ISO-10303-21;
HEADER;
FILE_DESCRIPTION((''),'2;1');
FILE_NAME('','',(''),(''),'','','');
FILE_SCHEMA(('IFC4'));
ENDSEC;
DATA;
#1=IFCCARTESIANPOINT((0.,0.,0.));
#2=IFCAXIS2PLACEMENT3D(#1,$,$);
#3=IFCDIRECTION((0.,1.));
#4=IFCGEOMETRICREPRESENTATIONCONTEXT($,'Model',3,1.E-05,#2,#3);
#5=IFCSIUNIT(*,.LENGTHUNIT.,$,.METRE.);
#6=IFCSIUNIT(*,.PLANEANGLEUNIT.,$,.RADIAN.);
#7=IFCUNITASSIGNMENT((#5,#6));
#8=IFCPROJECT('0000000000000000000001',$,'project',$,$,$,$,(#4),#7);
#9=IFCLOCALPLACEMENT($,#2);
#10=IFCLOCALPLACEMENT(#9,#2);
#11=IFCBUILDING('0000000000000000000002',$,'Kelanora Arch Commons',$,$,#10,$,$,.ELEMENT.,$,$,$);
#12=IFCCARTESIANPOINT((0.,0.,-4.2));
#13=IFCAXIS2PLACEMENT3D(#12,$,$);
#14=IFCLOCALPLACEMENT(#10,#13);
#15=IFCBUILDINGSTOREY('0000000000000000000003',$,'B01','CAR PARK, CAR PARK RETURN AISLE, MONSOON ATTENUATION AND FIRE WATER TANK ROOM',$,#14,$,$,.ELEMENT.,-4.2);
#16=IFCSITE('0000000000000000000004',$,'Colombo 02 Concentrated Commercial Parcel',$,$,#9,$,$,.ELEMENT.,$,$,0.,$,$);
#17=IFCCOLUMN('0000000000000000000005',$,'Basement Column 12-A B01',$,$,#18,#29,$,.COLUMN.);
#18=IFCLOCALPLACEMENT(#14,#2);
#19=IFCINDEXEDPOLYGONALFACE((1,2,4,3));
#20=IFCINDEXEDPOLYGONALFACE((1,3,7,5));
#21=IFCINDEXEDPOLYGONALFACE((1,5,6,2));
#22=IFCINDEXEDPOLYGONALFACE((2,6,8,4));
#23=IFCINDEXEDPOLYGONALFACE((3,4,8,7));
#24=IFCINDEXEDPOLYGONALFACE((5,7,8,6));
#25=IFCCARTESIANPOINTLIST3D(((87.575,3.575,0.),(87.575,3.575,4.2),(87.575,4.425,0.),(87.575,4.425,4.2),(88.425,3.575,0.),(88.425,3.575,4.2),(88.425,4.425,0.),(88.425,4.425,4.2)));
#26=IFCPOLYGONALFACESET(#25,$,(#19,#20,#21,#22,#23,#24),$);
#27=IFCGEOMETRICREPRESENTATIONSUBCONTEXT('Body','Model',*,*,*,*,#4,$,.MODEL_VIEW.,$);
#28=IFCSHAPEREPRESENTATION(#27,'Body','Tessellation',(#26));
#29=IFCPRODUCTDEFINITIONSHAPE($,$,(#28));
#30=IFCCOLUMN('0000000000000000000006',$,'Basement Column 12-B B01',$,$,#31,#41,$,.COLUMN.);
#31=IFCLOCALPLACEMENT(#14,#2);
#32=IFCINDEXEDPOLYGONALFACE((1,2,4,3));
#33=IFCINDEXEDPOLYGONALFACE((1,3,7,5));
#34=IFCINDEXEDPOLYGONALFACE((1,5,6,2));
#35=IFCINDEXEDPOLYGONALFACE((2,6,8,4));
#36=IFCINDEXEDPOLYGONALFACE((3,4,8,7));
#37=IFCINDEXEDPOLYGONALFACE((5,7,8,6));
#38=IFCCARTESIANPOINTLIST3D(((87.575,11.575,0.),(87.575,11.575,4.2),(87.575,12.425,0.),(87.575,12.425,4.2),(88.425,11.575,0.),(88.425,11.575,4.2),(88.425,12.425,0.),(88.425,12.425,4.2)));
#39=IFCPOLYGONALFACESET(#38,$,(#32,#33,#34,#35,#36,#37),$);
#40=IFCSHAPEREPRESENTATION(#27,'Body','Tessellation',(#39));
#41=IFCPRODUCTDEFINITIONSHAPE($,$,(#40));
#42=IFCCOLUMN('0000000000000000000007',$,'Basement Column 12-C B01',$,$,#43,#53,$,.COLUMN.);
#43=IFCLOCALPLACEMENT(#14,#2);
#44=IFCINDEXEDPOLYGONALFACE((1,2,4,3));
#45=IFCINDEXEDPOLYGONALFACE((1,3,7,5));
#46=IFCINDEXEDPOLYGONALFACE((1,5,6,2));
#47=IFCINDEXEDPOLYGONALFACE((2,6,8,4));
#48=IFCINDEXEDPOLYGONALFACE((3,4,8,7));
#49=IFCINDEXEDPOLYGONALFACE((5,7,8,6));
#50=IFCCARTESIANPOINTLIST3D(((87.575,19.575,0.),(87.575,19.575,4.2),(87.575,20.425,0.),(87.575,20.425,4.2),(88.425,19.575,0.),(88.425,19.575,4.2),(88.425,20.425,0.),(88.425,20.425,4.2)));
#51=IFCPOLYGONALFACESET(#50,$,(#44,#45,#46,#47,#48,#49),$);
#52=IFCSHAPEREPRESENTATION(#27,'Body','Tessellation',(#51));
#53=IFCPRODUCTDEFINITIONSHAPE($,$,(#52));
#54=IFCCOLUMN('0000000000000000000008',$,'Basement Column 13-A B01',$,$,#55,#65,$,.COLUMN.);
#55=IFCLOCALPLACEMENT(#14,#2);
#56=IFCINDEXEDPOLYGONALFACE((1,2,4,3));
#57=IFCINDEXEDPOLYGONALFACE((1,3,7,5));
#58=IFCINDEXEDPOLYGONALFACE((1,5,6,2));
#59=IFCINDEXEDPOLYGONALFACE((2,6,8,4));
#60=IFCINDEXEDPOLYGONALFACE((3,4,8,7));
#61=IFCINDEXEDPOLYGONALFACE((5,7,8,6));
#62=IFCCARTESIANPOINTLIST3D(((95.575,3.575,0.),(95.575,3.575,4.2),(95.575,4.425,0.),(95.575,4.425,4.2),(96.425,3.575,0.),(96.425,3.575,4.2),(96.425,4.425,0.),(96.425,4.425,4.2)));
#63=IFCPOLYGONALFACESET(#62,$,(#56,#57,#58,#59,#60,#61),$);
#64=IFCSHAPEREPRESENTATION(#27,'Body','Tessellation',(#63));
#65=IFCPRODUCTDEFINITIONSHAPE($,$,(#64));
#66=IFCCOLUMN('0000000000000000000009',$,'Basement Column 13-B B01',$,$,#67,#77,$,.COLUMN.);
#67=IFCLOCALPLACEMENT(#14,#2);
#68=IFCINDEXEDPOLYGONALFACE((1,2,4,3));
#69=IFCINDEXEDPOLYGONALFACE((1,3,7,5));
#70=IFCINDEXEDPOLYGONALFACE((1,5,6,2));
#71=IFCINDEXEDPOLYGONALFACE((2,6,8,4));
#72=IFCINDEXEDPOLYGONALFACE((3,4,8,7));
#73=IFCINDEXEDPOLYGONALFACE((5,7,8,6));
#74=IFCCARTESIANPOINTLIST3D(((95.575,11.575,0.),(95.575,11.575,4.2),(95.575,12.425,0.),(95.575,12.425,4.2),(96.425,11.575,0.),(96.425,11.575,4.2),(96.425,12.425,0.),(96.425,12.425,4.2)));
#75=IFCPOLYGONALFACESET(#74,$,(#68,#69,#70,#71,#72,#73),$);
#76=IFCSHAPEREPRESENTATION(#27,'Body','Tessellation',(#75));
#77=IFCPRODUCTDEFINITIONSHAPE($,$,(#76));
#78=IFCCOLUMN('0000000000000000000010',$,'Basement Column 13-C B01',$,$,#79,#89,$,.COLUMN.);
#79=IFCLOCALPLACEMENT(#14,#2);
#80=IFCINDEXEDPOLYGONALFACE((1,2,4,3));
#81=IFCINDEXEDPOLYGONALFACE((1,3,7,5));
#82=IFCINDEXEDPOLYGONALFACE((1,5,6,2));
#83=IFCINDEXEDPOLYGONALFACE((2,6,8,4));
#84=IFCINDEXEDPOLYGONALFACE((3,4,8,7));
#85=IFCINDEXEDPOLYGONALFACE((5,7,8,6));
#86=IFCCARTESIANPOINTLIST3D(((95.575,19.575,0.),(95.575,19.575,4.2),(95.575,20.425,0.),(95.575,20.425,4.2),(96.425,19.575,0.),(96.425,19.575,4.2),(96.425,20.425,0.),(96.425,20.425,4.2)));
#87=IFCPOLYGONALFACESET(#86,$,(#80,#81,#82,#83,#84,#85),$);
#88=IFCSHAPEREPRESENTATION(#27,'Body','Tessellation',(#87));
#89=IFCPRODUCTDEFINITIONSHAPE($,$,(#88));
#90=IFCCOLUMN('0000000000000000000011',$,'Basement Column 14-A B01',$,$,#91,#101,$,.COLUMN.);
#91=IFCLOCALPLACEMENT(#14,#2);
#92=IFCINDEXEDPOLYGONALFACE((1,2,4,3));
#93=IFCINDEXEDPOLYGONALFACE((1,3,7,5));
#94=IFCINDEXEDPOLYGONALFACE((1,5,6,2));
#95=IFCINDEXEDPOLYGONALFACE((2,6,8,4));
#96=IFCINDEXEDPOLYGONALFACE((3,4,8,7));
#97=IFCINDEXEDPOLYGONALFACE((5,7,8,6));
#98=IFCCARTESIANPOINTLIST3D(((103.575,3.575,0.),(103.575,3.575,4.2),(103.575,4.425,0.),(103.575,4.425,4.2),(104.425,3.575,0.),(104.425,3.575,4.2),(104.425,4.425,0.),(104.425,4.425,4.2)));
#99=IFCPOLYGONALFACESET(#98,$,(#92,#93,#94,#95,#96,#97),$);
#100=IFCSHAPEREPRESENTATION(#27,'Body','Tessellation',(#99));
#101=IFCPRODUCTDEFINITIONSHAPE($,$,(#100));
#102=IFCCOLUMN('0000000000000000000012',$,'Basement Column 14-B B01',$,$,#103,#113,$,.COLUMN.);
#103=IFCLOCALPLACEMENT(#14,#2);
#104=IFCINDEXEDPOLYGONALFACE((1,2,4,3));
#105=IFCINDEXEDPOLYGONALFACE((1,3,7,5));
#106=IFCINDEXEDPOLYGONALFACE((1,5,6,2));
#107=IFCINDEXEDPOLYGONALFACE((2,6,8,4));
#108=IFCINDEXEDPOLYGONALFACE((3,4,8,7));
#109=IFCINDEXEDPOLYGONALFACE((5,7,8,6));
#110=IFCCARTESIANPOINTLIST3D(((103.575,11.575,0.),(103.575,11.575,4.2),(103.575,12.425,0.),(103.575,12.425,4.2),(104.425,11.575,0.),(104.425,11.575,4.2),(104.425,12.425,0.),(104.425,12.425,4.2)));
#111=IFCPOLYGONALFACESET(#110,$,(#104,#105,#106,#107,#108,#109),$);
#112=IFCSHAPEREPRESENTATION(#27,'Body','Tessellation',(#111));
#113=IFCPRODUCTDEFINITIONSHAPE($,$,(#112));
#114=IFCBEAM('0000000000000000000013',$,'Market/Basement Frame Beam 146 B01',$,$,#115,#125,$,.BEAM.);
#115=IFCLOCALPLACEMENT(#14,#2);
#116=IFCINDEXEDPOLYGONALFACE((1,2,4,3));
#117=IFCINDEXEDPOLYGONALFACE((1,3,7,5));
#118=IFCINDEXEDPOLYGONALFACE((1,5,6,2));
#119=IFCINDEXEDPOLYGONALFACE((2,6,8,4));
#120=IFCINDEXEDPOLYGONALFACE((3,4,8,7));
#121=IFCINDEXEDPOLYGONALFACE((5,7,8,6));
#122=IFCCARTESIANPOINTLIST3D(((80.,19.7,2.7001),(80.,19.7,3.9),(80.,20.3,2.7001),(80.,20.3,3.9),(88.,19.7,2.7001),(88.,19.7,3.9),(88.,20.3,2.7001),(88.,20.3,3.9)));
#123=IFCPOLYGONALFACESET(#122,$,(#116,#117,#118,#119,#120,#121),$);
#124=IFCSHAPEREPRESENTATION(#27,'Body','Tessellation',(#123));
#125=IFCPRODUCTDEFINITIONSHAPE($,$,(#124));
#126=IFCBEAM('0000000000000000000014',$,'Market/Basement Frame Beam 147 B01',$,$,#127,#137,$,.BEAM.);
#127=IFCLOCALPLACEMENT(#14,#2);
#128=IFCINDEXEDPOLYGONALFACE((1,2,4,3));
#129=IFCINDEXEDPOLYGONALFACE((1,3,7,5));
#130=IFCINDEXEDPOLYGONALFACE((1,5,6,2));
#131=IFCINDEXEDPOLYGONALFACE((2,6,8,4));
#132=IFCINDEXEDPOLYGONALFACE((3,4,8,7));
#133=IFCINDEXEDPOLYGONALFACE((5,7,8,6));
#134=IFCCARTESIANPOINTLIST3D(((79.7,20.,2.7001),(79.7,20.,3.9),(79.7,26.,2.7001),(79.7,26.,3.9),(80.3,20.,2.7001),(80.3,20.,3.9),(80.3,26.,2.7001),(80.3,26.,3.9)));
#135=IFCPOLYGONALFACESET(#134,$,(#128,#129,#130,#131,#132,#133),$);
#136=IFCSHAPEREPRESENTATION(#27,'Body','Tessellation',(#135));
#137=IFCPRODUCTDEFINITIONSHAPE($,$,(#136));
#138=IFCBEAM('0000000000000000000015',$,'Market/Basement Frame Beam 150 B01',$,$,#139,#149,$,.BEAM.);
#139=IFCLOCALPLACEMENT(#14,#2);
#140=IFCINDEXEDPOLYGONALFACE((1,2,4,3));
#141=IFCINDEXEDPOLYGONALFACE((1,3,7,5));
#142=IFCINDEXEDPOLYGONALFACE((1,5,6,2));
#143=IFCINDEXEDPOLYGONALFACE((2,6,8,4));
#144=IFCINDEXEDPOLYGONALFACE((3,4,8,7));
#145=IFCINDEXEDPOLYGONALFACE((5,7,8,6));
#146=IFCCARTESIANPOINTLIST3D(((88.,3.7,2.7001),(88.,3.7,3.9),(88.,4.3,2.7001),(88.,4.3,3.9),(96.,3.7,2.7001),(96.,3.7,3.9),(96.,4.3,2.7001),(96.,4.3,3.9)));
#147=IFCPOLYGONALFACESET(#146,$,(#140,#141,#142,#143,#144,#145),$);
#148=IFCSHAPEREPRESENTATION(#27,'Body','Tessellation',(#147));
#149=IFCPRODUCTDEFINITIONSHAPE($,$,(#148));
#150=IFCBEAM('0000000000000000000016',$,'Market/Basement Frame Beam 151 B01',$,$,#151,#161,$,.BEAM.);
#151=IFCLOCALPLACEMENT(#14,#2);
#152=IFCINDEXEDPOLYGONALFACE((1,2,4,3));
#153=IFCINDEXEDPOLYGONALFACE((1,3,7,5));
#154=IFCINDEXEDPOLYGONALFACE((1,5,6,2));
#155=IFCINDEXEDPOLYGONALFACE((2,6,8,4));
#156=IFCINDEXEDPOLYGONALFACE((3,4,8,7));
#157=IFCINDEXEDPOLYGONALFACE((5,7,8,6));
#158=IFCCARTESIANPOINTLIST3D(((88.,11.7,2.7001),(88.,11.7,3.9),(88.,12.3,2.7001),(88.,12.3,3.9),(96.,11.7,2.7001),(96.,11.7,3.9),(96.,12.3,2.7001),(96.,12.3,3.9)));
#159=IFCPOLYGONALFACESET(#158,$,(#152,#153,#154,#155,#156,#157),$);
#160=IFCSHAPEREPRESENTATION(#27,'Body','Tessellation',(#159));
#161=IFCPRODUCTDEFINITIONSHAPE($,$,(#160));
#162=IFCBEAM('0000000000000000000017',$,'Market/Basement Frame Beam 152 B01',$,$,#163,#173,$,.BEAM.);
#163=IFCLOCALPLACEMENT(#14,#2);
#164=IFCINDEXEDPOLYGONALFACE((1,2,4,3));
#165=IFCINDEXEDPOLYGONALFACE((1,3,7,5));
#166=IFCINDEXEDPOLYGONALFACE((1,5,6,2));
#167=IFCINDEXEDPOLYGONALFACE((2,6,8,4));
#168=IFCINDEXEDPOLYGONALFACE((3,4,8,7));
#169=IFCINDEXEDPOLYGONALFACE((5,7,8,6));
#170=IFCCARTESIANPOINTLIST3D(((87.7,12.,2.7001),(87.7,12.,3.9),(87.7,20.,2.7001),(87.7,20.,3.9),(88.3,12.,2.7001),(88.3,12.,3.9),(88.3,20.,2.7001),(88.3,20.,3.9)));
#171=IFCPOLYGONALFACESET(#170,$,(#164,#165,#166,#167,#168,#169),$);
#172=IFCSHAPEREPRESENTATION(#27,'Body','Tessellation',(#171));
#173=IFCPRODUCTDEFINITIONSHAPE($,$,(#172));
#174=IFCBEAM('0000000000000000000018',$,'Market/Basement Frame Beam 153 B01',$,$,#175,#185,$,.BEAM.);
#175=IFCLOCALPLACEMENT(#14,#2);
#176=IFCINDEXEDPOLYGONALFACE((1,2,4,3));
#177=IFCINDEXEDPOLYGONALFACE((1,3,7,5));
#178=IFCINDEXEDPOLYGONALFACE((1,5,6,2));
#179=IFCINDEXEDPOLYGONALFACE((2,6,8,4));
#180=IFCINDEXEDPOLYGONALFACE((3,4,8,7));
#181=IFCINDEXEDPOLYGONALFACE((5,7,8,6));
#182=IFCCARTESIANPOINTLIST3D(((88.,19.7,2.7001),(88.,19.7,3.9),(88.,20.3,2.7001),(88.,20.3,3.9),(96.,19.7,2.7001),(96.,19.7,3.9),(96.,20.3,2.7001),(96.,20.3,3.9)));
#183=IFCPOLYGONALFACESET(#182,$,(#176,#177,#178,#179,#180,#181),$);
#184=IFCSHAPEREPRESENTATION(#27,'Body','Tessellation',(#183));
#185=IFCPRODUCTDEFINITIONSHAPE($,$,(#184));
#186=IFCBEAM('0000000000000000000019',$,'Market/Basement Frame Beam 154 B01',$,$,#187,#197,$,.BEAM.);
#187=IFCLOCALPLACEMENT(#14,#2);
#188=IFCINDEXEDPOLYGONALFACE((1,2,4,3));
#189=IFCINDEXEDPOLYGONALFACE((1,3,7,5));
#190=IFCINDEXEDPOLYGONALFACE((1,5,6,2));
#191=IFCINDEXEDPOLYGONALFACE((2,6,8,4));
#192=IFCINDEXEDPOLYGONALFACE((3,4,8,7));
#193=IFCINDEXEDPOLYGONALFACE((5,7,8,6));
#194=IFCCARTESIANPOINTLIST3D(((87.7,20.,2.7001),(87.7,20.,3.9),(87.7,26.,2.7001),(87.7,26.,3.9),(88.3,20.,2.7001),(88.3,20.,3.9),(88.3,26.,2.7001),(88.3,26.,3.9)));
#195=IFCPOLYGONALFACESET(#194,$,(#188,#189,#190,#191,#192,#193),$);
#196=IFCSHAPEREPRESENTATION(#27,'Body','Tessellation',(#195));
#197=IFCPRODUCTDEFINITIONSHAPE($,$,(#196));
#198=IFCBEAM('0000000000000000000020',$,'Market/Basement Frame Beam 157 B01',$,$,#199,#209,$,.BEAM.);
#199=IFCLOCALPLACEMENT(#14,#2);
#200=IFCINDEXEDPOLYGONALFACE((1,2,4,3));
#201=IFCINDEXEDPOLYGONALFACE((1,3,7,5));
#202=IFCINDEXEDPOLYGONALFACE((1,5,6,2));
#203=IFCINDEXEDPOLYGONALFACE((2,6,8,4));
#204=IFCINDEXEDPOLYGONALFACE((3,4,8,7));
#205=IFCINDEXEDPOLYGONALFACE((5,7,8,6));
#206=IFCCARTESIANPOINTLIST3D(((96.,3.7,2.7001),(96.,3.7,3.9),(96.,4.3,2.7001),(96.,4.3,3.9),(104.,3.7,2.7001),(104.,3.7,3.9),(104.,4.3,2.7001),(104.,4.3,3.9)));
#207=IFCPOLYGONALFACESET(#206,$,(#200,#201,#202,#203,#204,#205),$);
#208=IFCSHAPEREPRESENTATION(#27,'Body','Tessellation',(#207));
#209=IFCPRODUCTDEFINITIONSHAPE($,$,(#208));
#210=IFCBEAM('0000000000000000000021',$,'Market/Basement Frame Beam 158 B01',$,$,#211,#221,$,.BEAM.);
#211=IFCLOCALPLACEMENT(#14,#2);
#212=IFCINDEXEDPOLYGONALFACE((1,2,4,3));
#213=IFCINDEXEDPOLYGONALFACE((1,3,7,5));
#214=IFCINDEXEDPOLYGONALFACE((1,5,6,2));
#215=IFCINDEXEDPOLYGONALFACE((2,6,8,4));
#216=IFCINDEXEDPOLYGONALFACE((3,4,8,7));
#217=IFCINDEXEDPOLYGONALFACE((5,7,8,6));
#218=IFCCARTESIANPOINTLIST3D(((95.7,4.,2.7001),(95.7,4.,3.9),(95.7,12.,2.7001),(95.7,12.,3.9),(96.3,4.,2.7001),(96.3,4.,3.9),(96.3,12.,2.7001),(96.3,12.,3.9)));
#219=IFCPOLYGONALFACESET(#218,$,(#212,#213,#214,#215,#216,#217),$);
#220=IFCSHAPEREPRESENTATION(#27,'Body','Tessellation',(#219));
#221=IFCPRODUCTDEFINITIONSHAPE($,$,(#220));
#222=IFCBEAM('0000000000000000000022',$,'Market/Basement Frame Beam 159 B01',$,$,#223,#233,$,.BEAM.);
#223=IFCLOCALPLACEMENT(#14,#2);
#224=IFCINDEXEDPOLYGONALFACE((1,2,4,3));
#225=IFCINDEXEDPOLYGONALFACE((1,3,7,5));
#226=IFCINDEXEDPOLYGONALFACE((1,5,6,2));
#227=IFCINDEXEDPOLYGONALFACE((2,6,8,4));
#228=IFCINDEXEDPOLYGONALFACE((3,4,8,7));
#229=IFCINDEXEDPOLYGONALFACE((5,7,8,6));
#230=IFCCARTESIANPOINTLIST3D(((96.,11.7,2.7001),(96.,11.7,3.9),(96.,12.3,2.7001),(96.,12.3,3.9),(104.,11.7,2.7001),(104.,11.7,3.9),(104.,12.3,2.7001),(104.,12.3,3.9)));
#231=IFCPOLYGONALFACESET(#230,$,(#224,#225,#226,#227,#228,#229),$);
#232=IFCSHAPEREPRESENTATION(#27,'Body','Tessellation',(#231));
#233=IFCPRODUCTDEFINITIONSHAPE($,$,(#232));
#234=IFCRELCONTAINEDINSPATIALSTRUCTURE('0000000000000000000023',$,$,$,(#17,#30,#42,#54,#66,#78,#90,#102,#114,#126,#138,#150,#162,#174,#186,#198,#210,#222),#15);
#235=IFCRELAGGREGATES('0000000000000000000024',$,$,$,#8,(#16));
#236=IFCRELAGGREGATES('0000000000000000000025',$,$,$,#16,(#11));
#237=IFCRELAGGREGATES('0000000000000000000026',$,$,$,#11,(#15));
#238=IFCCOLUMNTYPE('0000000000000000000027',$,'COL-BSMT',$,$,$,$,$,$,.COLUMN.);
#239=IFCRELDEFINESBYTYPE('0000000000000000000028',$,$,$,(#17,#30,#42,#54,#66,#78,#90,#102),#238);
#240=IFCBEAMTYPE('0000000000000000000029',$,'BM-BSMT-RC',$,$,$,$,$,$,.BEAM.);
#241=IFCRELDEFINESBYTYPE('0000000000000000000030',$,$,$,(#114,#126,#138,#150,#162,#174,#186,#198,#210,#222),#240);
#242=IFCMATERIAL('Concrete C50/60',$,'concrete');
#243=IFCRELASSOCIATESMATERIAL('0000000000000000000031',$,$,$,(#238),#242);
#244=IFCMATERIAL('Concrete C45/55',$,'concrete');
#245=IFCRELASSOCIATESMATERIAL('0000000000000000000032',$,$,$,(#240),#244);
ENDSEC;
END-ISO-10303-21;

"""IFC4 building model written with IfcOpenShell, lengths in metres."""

from ifc_helpers import new_model, si_unit, direction, frame, origin, origin_2d, place, context, subcontext, project, spatial, rectangle, extrude, material, material_profile, profile_set, type_object, element, save


model = new_model("IFC4")

# Units and contexts
model_context = context("Model", 3, precision=1e-05, world=origin(), true_north=direction((0.0, 1.0)))
body_context = subcontext(model_context, "Body", "Model", "MODEL_VIEW")
ifc_project = project(units=[si_unit("LENGTHUNIT", "METRE"), si_unit("PLANEANGLEUNIT", "RADIAN")], contexts=[model_context])

# Site, building, storey
site_placement = place(None, origin())
site = spatial("IfcSite", under=ifc_project, at=site_placement, Name="Colombo 02 Concentrated Commercial Parcel", CompositionType="ELEMENT", RefElevation=0.0)
building_placement = place(site_placement, origin())
building = spatial("IfcBuilding", under=site, at=building_placement, Name="Kelanora Arch Commons", CompositionType="ELEMENT")
storey_placement = place(building_placement, frame((0.0, 0.0, -4.2)))
storey = spatial("IfcBuildingStorey", under=building, at=storey_placement, Name="B01", Description="CAR PARK, CAR PARK RETURN AISLE, MONSOON ATTENUATION AND FIRE WATER TANK ROOM", CompositionType="ELEMENT", Elevation=-4.2)

# Columns
ifc_material_1 = material(Name="Concrete C50/60", Category="concrete")
ifc_material_profile_1 = material_profile(ifc_material_1, rectangle(XDim=0.8501, YDim=0.8501, at=origin_2d()), Name="RC850x850")
ifc_profile_set_1 = profile_set([ifc_material_profile_1], Name="Concrete C50/60")
column_type = type_object("IfcColumnType", Name="COL-BSMT", PredefinedType="COLUMN", material=ifc_profile_set_1)
for number, where, z_axis, x_axis, name in (
    (1, (88.0, 4.0, 0.0), (0.0, 0.0, 1.0), (1.0, 0.0, 0.0), "Basement Column 12-A B01"),
    (2, (88.0, 12.0, 0.0), (0.0, 0.0, 1.0), (1.0, 0.0, 0.0), "Basement Column 12-B B01"),
    (3, (88.0, 20.0, 0.0), (0.0, 0.0, 1.0), (1.0, 0.0, 0.0), "Basement Column 12-C B01"),
    (4, (96.0, 4.0, 0.0), (0.0, 0.0, 1.0), (1.0, 0.0, 0.0), "Basement Column 13-A B01"),
    (5, (96.0, 12.0, 0.0), (0.0, 0.0, 1.0), (1.0, 0.0, 0.0), "Basement Column 13-B B01"),
    (6, (96.0, 20.0, 0.0), (0.0, 0.0, 1.0), (1.0, 0.0, 0.0), "Basement Column 13-C B01"),
    (7, (104.0, 4.0, 0.0), (0.0, 0.0, 1.0), (1.0, 0.0, 0.0), "Basement Column 14-A B01"),
    (8, (104.0, 12.0, 0.0), (0.0, 0.0, 1.0), (1.0, 0.0, 0.0), "Basement Column 14-B B01"),
):
    element("IfcColumn", number, at=place(storey_placement, frame(where, z_axis=z_axis, x_axis=x_axis)), inside=storey, type_object=column_type, Name=name, PredefinedType="COLUMN", context=body_context, shape_type="SweptSolid", body=[
        extrude(rectangle(XDim=0.8501, YDim=0.8501, at=origin_2d()), origin(), (0.0, 0.0, 1.0), 4.2),
    ])

# Beams
ifc_material_2 = material(Name="Concrete C45/55", Category="concrete")
ifc_material_profile_2 = material_profile(ifc_material_2, rectangle(XDim=0.6001, YDim=1.2, at=origin_2d()), Name="RCB600x1200")
ifc_profile_set_2 = profile_set([ifc_material_profile_2], Name="Concrete C45/55")
beam_type = type_object("IfcBeamType", Name="BM-BSMT-RC", PredefinedType="BEAM", material=ifc_profile_set_2)
beam_1_placement = place(storey_placement, frame((80.0, 20.0, 3.3), z_axis=(1.0, 0.0, 0.0), x_axis=(0.0, 1.0, 0.0)))
element("IfcBeam", 9, at=beam_1_placement, inside=storey, type_object=beam_type, Name="Market/Basement Frame Beam 146 B01", PredefinedType="BEAM", context=body_context, shape_type="SweptSolid", body=[
    extrude(rectangle(XDim=0.6001, YDim=1.2, at=origin_2d()), origin(), (0.0, 0.0, 1.0), 8.0),
])
beam_2_placement = place(storey_placement, frame((80.0, 20.0, 3.3), z_axis=(0.0, 1.0, 0.0), x_axis=(-1.0, 0.0, 0.0)))
element("IfcBeam", 10, at=beam_2_placement, inside=storey, type_object=beam_type, Name="Market/Basement Frame Beam 147 B01", PredefinedType="BEAM", context=body_context, shape_type="SweptSolid", body=[
    extrude(rectangle(XDim=0.6001, YDim=1.2, at=origin_2d()), origin(), (0.0, 0.0, 1.0), 6.0),
])
for number, where, z_axis, x_axis, name in (
    (11, (88.0, 4.0, 3.3), (1.0, 0.0, 0.0), (0.0, 1.0, 0.0), "Market/Basement Frame Beam 150 B01"),
    (12, (88.0, 12.0, 3.3), (1.0, 0.0, 0.0), (0.0, 1.0, 0.0), "Market/Basement Frame Beam 151 B01"),
    (13, (88.0, 12.0, 3.3), (0.0, 1.0, 0.0), (-1.0, 0.0, 0.0), "Market/Basement Frame Beam 152 B01"),
    (14, (88.0, 20.0, 3.3), (1.0, 0.0, 0.0), (0.0, 1.0, 0.0), "Market/Basement Frame Beam 153 B01"),
):
    element("IfcBeam", number, at=place(storey_placement, frame(where, z_axis=z_axis, x_axis=x_axis)), inside=storey, type_object=beam_type, Name=name, PredefinedType="BEAM", context=body_context, shape_type="SweptSolid", body=[
        extrude(rectangle(XDim=0.6001, YDim=1.2, at=origin_2d()), origin(), (0.0, 0.0, 1.0), 8.0),
    ])
beam_3_placement = place(storey_placement, frame((88.0, 20.0, 3.3), z_axis=(0.0, 1.0, 0.0), x_axis=(-1.0, 0.0, 0.0)))
element("IfcBeam", 15, at=beam_3_placement, inside=storey, type_object=beam_type, Name="Market/Basement Frame Beam 154 B01", PredefinedType="BEAM", context=body_context, shape_type="SweptSolid", body=[
    extrude(rectangle(XDim=0.6001, YDim=1.2, at=origin_2d()), origin(), (0.0, 0.0, 1.0), 6.0),
])
for number, where, z_axis, x_axis, name in (
    (16, (96.0, 4.0, 3.3), (1.0, 0.0, 0.0), (0.0, 1.0, 0.0), "Market/Basement Frame Beam 157 B01"),
    (17, (96.0, 4.0, 3.3), (0.0, 1.0, 0.0), (-1.0, 0.0, 0.0), "Market/Basement Frame Beam 158 B01"),
    (18, (96.0, 12.0, 3.3), (1.0, 0.0, 0.0), (0.0, 1.0, 0.0), "Market/Basement Frame Beam 159 B01"),
):
    element("IfcBeam", number, at=place(storey_placement, frame(where, z_axis=z_axis, x_axis=x_axis)), inside=storey, type_object=beam_type, Name=name, PredefinedType="BEAM", context=body_context, shape_type="SweptSolid", body=[
        extrude(rectangle(XDim=0.6001, YDim=1.2, at=origin_2d()), origin(), (0.0, 0.0, 1.0), 8.0),
    ])

save(model, "model.ifc")
